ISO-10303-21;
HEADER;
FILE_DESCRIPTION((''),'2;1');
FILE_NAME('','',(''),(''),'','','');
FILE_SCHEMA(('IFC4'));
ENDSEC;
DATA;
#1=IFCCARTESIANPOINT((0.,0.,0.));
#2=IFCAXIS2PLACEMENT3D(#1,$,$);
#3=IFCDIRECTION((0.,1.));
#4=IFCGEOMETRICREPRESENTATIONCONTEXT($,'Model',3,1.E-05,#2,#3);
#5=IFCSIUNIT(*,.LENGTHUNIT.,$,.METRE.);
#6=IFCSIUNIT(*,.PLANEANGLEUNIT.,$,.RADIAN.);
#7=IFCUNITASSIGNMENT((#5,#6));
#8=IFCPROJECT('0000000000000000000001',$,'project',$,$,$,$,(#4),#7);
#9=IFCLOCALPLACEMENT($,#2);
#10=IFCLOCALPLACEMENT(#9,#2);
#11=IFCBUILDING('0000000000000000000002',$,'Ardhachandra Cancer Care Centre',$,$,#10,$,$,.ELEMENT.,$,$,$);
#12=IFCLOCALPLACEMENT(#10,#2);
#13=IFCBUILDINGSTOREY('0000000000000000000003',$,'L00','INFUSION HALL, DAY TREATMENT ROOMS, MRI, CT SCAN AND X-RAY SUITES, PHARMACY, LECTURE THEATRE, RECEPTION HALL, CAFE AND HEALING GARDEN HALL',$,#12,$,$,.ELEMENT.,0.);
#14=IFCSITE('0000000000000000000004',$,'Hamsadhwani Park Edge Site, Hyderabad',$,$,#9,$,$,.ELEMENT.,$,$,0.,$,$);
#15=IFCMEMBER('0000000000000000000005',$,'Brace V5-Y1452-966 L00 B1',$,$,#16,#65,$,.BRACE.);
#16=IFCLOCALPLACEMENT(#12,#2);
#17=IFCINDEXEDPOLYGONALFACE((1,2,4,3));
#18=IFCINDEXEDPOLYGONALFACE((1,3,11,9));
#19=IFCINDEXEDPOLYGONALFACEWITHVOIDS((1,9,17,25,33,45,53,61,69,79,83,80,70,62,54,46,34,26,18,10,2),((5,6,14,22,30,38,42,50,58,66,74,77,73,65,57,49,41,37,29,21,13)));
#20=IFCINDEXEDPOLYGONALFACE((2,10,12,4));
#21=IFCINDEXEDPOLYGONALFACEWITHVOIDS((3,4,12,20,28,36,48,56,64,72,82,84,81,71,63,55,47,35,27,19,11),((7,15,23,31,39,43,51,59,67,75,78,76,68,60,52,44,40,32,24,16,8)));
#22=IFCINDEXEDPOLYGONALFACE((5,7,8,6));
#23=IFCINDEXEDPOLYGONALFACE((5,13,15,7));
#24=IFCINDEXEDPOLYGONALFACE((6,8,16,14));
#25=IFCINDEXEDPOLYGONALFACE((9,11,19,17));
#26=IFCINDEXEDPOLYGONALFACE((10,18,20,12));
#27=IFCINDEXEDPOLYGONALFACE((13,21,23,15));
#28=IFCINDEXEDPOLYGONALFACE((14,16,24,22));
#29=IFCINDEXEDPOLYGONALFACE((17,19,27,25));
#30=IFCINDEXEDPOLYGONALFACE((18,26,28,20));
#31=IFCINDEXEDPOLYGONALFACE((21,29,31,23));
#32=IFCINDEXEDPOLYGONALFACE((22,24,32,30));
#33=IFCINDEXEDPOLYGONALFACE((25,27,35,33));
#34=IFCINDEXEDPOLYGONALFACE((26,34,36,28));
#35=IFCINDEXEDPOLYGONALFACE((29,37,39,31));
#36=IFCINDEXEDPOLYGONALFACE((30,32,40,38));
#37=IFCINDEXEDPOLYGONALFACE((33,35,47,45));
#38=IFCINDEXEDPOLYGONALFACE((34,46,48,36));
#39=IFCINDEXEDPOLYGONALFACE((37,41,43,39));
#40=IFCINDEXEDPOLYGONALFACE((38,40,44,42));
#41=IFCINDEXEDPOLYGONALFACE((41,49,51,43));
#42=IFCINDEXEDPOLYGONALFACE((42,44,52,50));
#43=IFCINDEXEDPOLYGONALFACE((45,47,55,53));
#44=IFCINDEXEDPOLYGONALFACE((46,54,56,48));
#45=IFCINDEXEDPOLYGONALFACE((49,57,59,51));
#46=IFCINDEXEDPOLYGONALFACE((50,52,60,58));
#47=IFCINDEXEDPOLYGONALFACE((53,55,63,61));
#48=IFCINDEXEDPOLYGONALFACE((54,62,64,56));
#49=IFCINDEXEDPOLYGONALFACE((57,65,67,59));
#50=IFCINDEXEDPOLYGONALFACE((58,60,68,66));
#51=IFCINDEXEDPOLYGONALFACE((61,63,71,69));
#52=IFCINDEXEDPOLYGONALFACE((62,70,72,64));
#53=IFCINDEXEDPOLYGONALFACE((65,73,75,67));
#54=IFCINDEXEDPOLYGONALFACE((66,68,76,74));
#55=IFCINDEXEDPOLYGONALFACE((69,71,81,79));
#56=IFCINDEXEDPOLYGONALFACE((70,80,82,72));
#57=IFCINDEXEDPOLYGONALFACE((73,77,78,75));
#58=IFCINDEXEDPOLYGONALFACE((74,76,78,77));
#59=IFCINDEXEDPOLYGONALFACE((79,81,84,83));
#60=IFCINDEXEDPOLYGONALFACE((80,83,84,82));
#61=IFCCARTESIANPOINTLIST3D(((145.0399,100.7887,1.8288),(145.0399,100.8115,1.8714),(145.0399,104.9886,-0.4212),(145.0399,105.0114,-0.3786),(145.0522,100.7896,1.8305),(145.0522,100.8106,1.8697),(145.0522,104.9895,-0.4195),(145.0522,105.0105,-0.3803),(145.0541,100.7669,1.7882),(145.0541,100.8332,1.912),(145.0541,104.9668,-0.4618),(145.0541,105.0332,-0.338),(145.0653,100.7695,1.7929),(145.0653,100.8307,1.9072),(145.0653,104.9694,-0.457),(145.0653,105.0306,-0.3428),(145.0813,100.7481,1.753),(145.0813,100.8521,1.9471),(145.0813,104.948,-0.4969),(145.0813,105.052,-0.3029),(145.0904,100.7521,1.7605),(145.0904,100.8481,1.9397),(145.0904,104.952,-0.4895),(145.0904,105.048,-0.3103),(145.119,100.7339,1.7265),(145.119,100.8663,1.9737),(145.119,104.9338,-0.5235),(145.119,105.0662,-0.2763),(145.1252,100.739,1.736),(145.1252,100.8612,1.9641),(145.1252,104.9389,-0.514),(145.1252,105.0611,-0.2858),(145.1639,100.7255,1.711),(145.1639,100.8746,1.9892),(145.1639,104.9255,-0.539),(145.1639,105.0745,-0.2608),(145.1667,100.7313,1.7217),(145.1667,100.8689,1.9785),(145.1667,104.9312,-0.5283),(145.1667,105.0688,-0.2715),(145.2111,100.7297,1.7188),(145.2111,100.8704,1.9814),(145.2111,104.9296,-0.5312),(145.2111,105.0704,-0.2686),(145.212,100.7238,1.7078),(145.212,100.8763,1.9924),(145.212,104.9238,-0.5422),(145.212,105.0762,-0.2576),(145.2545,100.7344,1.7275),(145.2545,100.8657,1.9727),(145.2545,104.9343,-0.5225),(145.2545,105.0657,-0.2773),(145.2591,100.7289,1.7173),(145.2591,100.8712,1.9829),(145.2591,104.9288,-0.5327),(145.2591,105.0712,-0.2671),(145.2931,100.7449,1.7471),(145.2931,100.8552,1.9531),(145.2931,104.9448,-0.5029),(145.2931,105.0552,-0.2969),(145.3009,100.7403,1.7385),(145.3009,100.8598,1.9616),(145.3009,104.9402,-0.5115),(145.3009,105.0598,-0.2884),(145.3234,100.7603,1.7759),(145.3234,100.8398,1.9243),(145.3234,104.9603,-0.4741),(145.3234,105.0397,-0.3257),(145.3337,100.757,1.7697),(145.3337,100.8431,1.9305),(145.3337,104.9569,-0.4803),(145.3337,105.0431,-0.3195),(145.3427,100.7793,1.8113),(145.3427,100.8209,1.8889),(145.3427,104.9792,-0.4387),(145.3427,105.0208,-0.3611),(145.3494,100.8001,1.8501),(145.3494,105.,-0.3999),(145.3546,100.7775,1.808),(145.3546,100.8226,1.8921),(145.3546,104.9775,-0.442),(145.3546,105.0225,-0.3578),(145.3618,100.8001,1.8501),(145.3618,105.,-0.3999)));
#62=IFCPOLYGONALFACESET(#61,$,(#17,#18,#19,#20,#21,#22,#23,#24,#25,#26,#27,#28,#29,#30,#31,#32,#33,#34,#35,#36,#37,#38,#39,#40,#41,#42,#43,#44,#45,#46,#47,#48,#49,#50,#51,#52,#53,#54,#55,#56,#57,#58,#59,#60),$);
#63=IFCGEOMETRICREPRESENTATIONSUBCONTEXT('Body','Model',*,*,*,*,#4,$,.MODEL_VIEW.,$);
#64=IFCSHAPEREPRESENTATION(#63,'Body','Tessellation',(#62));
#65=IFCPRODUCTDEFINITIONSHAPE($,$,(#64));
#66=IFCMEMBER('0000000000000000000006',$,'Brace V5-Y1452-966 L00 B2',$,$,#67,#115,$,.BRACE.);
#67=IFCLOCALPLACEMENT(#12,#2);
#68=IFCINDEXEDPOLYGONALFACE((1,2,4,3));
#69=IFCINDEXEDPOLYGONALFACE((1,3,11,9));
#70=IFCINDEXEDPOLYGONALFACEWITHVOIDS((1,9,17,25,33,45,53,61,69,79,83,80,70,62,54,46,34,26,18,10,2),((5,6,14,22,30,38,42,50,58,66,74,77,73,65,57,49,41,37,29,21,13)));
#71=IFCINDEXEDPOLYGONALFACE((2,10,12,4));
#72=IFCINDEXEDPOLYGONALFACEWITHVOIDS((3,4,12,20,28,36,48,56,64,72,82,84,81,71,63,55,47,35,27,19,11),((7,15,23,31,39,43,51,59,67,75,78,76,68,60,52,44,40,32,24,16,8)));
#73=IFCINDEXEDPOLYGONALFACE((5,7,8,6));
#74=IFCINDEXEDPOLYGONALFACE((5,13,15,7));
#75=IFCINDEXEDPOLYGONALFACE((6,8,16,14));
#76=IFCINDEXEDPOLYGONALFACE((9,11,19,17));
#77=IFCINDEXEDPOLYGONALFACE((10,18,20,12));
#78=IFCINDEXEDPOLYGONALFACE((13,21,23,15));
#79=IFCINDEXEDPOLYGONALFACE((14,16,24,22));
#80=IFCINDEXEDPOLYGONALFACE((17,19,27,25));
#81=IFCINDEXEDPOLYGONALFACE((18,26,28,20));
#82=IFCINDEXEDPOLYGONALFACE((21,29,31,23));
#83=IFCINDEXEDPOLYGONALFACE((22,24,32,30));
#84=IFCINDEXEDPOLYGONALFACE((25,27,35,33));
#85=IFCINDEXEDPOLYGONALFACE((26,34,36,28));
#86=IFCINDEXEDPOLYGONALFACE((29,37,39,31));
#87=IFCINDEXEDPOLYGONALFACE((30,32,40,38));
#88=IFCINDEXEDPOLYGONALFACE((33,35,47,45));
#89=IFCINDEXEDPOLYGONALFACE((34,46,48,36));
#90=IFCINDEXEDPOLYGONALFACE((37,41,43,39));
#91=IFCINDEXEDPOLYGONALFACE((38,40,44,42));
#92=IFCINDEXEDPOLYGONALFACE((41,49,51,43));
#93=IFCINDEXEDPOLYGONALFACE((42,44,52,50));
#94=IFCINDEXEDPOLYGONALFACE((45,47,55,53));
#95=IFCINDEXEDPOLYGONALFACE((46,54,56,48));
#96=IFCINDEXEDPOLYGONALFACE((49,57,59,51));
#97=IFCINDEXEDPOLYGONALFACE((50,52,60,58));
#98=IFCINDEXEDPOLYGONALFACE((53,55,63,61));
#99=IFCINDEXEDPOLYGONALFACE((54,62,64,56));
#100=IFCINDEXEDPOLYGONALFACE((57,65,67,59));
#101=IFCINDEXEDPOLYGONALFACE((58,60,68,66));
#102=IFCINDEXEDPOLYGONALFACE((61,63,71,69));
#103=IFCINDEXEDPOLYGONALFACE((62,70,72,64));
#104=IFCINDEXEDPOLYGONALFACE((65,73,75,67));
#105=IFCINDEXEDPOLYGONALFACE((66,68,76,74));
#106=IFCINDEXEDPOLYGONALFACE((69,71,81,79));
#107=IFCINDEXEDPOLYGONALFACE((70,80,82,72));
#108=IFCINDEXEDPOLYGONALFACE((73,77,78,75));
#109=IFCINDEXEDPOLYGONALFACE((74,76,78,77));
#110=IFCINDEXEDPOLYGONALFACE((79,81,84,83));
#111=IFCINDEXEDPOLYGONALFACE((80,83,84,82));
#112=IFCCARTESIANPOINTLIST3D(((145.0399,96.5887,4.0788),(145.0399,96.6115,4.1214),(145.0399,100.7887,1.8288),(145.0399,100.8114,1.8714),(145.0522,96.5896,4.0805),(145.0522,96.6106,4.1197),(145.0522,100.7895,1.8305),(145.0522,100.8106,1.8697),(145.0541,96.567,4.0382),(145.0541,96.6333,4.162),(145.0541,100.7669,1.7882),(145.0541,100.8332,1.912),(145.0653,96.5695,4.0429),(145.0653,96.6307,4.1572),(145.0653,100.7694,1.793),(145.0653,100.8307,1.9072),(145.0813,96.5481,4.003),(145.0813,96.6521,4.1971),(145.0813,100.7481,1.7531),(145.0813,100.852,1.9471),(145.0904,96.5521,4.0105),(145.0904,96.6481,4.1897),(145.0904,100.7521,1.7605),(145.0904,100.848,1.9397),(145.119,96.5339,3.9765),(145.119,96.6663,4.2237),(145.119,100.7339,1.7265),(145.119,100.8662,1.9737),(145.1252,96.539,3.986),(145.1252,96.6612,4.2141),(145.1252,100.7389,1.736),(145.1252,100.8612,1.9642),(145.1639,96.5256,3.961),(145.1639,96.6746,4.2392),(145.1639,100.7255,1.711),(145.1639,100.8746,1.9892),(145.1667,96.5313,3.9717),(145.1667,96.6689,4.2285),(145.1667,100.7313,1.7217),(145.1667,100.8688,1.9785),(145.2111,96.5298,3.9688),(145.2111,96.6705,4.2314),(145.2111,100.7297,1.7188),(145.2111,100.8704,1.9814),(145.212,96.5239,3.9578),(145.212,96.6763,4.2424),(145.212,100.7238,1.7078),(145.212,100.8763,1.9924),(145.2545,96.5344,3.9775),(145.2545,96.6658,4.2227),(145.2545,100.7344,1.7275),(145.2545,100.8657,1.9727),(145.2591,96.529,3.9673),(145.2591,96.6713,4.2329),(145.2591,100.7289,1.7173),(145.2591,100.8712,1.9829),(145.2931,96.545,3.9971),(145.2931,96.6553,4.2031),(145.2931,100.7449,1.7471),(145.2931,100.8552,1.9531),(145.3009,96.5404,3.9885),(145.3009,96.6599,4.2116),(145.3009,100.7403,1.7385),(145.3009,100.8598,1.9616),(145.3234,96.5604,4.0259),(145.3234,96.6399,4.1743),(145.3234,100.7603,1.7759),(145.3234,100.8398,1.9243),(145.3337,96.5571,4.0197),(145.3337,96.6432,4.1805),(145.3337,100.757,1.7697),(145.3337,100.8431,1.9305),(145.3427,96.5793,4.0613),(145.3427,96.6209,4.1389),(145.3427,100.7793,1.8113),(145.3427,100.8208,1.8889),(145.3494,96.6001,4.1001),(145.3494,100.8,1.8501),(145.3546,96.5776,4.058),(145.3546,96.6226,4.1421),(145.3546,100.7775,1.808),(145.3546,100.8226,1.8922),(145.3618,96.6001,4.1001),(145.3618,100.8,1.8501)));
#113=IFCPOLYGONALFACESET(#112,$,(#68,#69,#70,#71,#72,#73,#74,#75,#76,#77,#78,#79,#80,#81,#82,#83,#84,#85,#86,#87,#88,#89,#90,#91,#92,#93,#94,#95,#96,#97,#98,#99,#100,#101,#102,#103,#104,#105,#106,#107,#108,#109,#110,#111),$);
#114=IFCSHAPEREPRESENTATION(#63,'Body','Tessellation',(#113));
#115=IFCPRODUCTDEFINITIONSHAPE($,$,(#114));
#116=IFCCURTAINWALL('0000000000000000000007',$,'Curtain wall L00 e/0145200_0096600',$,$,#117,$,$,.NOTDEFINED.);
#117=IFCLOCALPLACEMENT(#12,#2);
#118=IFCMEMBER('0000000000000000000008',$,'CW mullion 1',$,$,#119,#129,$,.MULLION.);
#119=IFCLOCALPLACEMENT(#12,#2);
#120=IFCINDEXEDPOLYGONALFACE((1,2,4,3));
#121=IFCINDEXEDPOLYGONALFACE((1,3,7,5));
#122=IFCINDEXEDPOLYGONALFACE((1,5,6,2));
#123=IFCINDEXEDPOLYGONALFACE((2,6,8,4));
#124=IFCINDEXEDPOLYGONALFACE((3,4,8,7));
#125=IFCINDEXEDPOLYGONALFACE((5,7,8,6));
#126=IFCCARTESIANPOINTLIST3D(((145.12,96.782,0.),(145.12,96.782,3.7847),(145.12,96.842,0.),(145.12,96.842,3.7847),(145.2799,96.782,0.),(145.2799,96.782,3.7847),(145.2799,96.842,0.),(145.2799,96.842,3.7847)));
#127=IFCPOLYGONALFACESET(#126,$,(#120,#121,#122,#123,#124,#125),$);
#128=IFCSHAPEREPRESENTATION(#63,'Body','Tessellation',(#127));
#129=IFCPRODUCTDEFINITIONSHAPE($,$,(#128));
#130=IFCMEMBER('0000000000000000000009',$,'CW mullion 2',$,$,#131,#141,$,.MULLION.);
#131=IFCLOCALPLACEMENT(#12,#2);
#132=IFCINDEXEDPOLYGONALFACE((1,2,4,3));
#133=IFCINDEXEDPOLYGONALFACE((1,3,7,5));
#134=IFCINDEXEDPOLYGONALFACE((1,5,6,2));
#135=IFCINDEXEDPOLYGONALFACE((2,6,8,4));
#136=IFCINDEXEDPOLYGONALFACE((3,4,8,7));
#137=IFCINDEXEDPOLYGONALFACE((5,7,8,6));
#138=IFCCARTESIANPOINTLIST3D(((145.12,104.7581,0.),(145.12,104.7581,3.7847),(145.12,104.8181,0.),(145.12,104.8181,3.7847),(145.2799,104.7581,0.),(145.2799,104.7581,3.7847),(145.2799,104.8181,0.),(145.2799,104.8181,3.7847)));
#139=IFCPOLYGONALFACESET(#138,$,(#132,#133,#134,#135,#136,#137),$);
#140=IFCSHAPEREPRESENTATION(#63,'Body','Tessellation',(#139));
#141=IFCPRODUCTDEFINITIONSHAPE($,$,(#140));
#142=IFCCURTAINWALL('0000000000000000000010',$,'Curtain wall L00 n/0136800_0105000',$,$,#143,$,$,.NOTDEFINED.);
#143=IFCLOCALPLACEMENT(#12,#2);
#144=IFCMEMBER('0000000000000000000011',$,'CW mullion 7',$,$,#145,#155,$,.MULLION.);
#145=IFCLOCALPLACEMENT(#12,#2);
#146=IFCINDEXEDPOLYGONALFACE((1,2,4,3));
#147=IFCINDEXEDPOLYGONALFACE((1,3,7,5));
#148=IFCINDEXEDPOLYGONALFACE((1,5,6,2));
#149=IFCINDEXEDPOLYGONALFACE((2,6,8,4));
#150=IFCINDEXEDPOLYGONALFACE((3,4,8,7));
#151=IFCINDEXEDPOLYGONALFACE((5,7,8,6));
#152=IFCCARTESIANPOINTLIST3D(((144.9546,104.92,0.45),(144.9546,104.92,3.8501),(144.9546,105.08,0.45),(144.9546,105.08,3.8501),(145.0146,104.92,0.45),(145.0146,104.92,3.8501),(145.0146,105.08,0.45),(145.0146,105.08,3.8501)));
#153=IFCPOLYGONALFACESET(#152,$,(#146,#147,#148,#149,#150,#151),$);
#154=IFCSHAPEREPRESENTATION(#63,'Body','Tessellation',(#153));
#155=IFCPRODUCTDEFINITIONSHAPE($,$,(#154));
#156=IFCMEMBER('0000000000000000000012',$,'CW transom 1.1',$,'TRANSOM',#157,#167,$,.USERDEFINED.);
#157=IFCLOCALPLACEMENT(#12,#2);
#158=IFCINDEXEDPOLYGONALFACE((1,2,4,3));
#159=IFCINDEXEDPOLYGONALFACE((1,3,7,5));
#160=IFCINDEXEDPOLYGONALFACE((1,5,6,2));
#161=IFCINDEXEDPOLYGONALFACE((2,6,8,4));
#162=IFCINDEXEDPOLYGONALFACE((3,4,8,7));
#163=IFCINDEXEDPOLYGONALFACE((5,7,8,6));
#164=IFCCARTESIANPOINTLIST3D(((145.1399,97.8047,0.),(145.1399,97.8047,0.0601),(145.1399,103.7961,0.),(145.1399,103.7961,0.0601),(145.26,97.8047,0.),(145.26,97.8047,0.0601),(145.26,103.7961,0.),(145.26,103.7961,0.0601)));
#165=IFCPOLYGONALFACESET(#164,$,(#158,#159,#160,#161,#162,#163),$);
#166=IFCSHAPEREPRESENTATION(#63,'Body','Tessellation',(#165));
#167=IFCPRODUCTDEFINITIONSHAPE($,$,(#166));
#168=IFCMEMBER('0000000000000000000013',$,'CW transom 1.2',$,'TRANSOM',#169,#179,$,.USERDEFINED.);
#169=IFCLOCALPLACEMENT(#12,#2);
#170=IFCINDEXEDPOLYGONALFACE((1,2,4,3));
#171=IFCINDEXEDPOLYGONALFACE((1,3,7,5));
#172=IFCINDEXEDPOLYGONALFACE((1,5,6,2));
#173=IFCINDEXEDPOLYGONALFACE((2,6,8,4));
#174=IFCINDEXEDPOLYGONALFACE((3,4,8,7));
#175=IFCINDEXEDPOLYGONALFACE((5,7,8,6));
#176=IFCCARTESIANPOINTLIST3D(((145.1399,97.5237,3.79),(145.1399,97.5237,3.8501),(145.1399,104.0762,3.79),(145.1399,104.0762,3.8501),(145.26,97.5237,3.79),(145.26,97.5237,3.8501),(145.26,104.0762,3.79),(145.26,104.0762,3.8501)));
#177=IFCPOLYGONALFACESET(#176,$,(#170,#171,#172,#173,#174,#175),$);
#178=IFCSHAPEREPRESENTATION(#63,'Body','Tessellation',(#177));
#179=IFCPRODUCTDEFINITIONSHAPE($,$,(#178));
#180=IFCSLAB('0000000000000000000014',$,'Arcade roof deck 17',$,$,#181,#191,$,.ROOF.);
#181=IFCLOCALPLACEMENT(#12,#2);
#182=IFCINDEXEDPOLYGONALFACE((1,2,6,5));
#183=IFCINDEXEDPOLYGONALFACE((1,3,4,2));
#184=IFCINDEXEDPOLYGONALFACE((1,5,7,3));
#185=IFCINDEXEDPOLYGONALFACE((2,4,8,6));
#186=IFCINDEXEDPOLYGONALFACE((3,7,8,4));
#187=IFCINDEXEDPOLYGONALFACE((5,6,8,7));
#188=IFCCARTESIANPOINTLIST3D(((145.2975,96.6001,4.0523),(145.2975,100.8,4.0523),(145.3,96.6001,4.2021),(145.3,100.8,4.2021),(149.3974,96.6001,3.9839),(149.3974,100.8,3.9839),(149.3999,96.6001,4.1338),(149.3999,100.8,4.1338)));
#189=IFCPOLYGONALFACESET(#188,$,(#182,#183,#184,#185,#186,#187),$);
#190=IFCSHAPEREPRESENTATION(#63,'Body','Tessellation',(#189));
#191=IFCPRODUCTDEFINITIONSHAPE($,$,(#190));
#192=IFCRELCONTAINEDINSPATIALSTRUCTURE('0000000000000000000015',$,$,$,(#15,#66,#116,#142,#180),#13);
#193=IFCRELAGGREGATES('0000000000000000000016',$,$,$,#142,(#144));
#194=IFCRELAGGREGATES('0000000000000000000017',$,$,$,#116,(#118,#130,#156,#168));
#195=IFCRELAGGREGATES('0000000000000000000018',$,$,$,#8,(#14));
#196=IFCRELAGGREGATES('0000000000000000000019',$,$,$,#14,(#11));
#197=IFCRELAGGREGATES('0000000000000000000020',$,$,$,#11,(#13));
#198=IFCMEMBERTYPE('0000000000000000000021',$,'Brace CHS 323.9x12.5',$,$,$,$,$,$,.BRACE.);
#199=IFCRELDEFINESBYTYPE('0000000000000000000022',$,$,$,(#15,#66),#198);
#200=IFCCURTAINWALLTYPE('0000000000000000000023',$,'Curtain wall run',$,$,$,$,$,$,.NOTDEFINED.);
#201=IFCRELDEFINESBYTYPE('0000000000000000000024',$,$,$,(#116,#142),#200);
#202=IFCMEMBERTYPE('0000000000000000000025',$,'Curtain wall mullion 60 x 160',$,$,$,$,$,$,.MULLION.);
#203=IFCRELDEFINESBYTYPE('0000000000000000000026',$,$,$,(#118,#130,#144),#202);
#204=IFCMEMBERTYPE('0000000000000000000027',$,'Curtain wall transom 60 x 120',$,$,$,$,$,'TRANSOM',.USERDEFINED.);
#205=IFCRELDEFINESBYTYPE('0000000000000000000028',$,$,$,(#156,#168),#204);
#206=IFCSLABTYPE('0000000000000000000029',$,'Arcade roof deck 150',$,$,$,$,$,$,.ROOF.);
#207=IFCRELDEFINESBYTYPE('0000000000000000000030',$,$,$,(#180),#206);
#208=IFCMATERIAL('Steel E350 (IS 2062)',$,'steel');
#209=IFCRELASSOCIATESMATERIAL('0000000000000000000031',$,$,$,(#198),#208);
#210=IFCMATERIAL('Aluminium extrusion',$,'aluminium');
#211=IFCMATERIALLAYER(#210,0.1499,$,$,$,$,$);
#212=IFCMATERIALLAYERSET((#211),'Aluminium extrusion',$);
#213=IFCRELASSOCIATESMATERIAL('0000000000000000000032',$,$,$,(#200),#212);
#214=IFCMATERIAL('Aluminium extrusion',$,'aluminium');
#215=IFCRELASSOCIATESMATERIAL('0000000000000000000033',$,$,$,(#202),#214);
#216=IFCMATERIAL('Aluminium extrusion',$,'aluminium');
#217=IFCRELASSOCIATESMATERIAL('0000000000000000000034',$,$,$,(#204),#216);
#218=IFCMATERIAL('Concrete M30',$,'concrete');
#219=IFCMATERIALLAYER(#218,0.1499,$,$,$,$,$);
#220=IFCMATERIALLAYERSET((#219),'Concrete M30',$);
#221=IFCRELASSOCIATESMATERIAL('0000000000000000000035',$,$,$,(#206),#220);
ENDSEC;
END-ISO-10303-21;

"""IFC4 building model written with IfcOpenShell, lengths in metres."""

from ifc_helpers import new_model, si_unit, direction, frame, origin, origin_2d, place, context, subcontext, project, spatial, polyline, rectangle, hollow_circle, outline, extrude, material, layer, layer_set, material_profile, profile_set, type_object, element, aggregate, save


model = new_model("IFC4")

# Units and contexts
model_context = context("Model", 3, precision=1e-05, world=origin(), true_north=direction((0.0, 1.0)))
body_context = subcontext(model_context, "Body", "Model", "MODEL_VIEW")
ifc_project = project(units=[si_unit("LENGTHUNIT", "METRE"), si_unit("PLANEANGLEUNIT", "RADIAN")], contexts=[model_context])

# Site, building, storey
site_placement = place(None, origin())
site = spatial("IfcSite", under=ifc_project, at=site_placement, Name="Hamsadhwani Park Edge Site, Hyderabad", CompositionType="ELEMENT", RefElevation=0.0)
building_placement = place(site_placement, origin())
building = spatial("IfcBuilding", under=site, at=building_placement, Name="Ardhachandra Cancer Care Centre", CompositionType="ELEMENT")
storey_placement = place(building_placement, origin())
storey = spatial("IfcBuildingStorey", under=building, at=storey_placement, Name="L00", Description="INFUSION HALL, DAY TREATMENT ROOMS, MRI, CT SCAN AND X-RAY SUITES, PHARMACY, LECTURE THEATRE, RECEPTION HALL, CAFE AND HEALING GARDEN HALL", CompositionType="ELEMENT", Elevation=0.0)

# Members
ifc_material_1 = material(Name="Steel E350 (IS 2062)", Category="steel")
ifc_material_profile_1 = material_profile(ifc_material_1, hollow_circle(Radius=0.1619, WallThickness=0.0125, at=origin_2d()), Name="CHS 323.9x12.5")
ifc_profile_set_1 = profile_set([ifc_material_profile_1], Name="Steel E350 (IS 2062)")
member_type_1 = type_object("IfcMemberType", Name="Brace CHS 323.9x12.5", PredefinedType="BRACE", material=ifc_profile_set_1)
for number, where, z_axis, x_axis, name in (
    (1, (145.2, 105.0, -0.3999), (0.0, -0.881478, 0.472226), (1.0, 0.0, 0.0), "Brace V5-Y1452-966 L00 B1"),
    (2, (145.2, 100.8, 1.8501), (0.0, -0.881478, 0.472226), (1.0, 0.0, 0.0), "Brace V5-Y1452-966 L00 B2"),
):
    element("IfcMember", number, at=place(storey_placement, frame(where, z_axis=z_axis, x_axis=x_axis)), inside=storey, type_object=member_type_1, Name=name, PredefinedType="BRACE", context=body_context, shape_type="SweptSolid", body=[
        extrude(hollow_circle(Radius=0.1619, WallThickness=0.0125, at=origin_2d()), origin(), (0.0, 0.0, 1.0), 4.7646),
    ])

# Curtain wall, members
ifc_material_2 = material(Name="Aluminium extrusion", Category="aluminium")
ifc_layer_1 = layer(ifc_material_2, 0.1499)
ifc_layer_set_1 = layer_set([ifc_layer_1], Name="Aluminium extrusion")
curtain_wall_type = type_object("IfcCurtainWallType", Name="Curtain wall run", PredefinedType="NOTDEFINED", material=ifc_layer_set_1)
curtain_wall_1_placement = place(storey_placement, origin())
curtain_wall_1 = element("IfcCurtainWall", 3, at=curtain_wall_1_placement, inside=storey, type_object=curtain_wall_type, Name="Curtain wall L00 e/0145200_0096600", PredefinedType="NOTDEFINED")
ifc_material_3 = material(Name="Aluminium extrusion", Category="aluminium")
ifc_material_profile_2 = material_profile(ifc_material_3, rectangle(XDim=0.1599, YDim=0.0601, at=origin_2d()), Name="Curtain wall mullion 60 x 160")
ifc_profile_set_2 = profile_set([ifc_material_profile_2], Name="Aluminium extrusion")
member_type_2 = type_object("IfcMemberType", Name="Curtain wall mullion 60 x 160", PredefinedType="MULLION", material=ifc_profile_set_2)
member_1_placement = place(storey_placement, frame((145.2, 96.812, 0.0), z_axis=(0.0, 0.0, 1.0), x_axis=(-1.0, 0.0, 0.0)))
member_1 = element("IfcMember", 4, at=member_1_placement, type_object=member_type_2, Name="CW mullion 1", PredefinedType="MULLION", context=body_context, shape_type="SweptSolid", body=[
    extrude(rectangle(XDim=0.1599, YDim=0.0601, at=origin_2d()), origin(), (0.0, 0.0, 1.0), 3.7847),
])
member_2_placement = place(storey_placement, frame((145.2, 104.7881, 0.0), z_axis=(0.0, 0.0, 1.0), x_axis=(-1.0, 0.0, 0.0)))
member_2 = element("IfcMember", 5, at=member_2_placement, type_object=member_type_2, Name="CW mullion 2", PredefinedType="MULLION", context=body_context, shape_type="SweptSolid", body=[
    extrude(rectangle(XDim=0.1599, YDim=0.0601, at=origin_2d()), origin(), (0.0, 0.0, 1.0), 3.7847),
])

# Curtain wall, member
curtain_wall_2_placement = place(storey_placement, origin())
curtain_wall_2 = element("IfcCurtainWall", 6, at=curtain_wall_2_placement, inside=storey, type_object=curtain_wall_type, Name="Curtain wall L00 n/0136800_0105000", PredefinedType="NOTDEFINED")
member_3_placement = place(storey_placement, frame((144.9846, 105.0, 0.45), z_axis=(0.0, 0.0, 1.0), x_axis=(0.0, 1.0, 0.0)))
member_3 = element("IfcMember", 7, at=member_3_placement, type_object=member_type_2, Name="CW mullion 7", PredefinedType="MULLION", context=body_context, shape_type="SweptSolid", body=[
    extrude(rectangle(XDim=0.1599, YDim=0.0601, at=origin_2d()), origin(), (0.0, 0.0, 1.0), 3.4001),
])
aggregate(curtain_wall_2, [member_3])

# Members
ifc_material_4 = material(Name="Aluminium extrusion", Category="aluminium")
ifc_material_profile_3 = material_profile(ifc_material_4, rectangle(XDim=0.1201, YDim=0.0601, at=origin_2d()), Name="Curtain wall transom 60 x 120")
ifc_profile_set_3 = profile_set([ifc_material_profile_3], Name="Aluminium extrusion")
member_type_3 = type_object("IfcMemberType", Name="Curtain wall transom 60 x 120", ElementType="TRANSOM", PredefinedType="USERDEFINED", material=ifc_profile_set_3)
member_4_placement = place(storey_placement, frame((145.2, 97.8047, 0.03), z_axis=(0.0, 1.0, 0.0), x_axis=(-1.0, 0.0, 0.0)))
member_4 = element("IfcMember", 8, at=member_4_placement, type_object=member_type_3, Name="CW transom 1.1", ObjectType="TRANSOM", PredefinedType="USERDEFINED", context=body_context, shape_type="SweptSolid", body=[
    extrude(rectangle(XDim=0.1201, YDim=0.0601, at=origin_2d()), origin(), (0.0, 0.0, 1.0), 5.9915),
])
member_5_placement = place(storey_placement, frame((145.2, 97.5237, 3.8201), z_axis=(0.0, 1.0, 0.0), x_axis=(-1.0, 0.0, 0.0)))
member_5 = element("IfcMember", 9, at=member_5_placement, type_object=member_type_3, Name="CW transom 1.2", ObjectType="TRANSOM", PredefinedType="USERDEFINED", context=body_context, shape_type="SweptSolid", body=[
    extrude(rectangle(XDim=0.1201, YDim=0.0601, at=origin_2d()), origin(), (0.0, 0.0, 1.0), 6.5525),
])

# Slab
ifc_material_5 = material(Name="Concrete M30", Category="concrete")
ifc_layer_2 = layer(ifc_material_5, 0.1499)
ifc_layer_set_2 = layer_set([ifc_layer_2], Name="Concrete M30")
slab_type = type_object("IfcSlabType", Name="Arcade roof deck 150", PredefinedType="ROOF", material=ifc_layer_set_2)
for number, where, z_axis, x_axis, name in (
    (10, (145.3, 96.6001, 4.2021), (0.016671, 0.0, 0.999861), (0.999861, 0.0, -0.016671), "Arcade roof deck 17"),
):
    element("IfcSlab", number, at=place(storey_placement, frame(where, z_axis=z_axis, x_axis=x_axis)), inside=storey, type_object=slab_type, Name=name, PredefinedType="ROOF", context=body_context, shape_type="SweptSolid", body=[
        extrude(outline(polyline([(0.0, 0.0), (4.1004, 0.0), (4.1004, 4.2), (0.0, 4.2), (0.0, 0.0)])), origin(), (0.0, 0.0, -1.0), 0.1499),
    ])

aggregate(curtain_wall_1, [member_1, member_2, member_4, member_5])

save(model, "model.ifc")
